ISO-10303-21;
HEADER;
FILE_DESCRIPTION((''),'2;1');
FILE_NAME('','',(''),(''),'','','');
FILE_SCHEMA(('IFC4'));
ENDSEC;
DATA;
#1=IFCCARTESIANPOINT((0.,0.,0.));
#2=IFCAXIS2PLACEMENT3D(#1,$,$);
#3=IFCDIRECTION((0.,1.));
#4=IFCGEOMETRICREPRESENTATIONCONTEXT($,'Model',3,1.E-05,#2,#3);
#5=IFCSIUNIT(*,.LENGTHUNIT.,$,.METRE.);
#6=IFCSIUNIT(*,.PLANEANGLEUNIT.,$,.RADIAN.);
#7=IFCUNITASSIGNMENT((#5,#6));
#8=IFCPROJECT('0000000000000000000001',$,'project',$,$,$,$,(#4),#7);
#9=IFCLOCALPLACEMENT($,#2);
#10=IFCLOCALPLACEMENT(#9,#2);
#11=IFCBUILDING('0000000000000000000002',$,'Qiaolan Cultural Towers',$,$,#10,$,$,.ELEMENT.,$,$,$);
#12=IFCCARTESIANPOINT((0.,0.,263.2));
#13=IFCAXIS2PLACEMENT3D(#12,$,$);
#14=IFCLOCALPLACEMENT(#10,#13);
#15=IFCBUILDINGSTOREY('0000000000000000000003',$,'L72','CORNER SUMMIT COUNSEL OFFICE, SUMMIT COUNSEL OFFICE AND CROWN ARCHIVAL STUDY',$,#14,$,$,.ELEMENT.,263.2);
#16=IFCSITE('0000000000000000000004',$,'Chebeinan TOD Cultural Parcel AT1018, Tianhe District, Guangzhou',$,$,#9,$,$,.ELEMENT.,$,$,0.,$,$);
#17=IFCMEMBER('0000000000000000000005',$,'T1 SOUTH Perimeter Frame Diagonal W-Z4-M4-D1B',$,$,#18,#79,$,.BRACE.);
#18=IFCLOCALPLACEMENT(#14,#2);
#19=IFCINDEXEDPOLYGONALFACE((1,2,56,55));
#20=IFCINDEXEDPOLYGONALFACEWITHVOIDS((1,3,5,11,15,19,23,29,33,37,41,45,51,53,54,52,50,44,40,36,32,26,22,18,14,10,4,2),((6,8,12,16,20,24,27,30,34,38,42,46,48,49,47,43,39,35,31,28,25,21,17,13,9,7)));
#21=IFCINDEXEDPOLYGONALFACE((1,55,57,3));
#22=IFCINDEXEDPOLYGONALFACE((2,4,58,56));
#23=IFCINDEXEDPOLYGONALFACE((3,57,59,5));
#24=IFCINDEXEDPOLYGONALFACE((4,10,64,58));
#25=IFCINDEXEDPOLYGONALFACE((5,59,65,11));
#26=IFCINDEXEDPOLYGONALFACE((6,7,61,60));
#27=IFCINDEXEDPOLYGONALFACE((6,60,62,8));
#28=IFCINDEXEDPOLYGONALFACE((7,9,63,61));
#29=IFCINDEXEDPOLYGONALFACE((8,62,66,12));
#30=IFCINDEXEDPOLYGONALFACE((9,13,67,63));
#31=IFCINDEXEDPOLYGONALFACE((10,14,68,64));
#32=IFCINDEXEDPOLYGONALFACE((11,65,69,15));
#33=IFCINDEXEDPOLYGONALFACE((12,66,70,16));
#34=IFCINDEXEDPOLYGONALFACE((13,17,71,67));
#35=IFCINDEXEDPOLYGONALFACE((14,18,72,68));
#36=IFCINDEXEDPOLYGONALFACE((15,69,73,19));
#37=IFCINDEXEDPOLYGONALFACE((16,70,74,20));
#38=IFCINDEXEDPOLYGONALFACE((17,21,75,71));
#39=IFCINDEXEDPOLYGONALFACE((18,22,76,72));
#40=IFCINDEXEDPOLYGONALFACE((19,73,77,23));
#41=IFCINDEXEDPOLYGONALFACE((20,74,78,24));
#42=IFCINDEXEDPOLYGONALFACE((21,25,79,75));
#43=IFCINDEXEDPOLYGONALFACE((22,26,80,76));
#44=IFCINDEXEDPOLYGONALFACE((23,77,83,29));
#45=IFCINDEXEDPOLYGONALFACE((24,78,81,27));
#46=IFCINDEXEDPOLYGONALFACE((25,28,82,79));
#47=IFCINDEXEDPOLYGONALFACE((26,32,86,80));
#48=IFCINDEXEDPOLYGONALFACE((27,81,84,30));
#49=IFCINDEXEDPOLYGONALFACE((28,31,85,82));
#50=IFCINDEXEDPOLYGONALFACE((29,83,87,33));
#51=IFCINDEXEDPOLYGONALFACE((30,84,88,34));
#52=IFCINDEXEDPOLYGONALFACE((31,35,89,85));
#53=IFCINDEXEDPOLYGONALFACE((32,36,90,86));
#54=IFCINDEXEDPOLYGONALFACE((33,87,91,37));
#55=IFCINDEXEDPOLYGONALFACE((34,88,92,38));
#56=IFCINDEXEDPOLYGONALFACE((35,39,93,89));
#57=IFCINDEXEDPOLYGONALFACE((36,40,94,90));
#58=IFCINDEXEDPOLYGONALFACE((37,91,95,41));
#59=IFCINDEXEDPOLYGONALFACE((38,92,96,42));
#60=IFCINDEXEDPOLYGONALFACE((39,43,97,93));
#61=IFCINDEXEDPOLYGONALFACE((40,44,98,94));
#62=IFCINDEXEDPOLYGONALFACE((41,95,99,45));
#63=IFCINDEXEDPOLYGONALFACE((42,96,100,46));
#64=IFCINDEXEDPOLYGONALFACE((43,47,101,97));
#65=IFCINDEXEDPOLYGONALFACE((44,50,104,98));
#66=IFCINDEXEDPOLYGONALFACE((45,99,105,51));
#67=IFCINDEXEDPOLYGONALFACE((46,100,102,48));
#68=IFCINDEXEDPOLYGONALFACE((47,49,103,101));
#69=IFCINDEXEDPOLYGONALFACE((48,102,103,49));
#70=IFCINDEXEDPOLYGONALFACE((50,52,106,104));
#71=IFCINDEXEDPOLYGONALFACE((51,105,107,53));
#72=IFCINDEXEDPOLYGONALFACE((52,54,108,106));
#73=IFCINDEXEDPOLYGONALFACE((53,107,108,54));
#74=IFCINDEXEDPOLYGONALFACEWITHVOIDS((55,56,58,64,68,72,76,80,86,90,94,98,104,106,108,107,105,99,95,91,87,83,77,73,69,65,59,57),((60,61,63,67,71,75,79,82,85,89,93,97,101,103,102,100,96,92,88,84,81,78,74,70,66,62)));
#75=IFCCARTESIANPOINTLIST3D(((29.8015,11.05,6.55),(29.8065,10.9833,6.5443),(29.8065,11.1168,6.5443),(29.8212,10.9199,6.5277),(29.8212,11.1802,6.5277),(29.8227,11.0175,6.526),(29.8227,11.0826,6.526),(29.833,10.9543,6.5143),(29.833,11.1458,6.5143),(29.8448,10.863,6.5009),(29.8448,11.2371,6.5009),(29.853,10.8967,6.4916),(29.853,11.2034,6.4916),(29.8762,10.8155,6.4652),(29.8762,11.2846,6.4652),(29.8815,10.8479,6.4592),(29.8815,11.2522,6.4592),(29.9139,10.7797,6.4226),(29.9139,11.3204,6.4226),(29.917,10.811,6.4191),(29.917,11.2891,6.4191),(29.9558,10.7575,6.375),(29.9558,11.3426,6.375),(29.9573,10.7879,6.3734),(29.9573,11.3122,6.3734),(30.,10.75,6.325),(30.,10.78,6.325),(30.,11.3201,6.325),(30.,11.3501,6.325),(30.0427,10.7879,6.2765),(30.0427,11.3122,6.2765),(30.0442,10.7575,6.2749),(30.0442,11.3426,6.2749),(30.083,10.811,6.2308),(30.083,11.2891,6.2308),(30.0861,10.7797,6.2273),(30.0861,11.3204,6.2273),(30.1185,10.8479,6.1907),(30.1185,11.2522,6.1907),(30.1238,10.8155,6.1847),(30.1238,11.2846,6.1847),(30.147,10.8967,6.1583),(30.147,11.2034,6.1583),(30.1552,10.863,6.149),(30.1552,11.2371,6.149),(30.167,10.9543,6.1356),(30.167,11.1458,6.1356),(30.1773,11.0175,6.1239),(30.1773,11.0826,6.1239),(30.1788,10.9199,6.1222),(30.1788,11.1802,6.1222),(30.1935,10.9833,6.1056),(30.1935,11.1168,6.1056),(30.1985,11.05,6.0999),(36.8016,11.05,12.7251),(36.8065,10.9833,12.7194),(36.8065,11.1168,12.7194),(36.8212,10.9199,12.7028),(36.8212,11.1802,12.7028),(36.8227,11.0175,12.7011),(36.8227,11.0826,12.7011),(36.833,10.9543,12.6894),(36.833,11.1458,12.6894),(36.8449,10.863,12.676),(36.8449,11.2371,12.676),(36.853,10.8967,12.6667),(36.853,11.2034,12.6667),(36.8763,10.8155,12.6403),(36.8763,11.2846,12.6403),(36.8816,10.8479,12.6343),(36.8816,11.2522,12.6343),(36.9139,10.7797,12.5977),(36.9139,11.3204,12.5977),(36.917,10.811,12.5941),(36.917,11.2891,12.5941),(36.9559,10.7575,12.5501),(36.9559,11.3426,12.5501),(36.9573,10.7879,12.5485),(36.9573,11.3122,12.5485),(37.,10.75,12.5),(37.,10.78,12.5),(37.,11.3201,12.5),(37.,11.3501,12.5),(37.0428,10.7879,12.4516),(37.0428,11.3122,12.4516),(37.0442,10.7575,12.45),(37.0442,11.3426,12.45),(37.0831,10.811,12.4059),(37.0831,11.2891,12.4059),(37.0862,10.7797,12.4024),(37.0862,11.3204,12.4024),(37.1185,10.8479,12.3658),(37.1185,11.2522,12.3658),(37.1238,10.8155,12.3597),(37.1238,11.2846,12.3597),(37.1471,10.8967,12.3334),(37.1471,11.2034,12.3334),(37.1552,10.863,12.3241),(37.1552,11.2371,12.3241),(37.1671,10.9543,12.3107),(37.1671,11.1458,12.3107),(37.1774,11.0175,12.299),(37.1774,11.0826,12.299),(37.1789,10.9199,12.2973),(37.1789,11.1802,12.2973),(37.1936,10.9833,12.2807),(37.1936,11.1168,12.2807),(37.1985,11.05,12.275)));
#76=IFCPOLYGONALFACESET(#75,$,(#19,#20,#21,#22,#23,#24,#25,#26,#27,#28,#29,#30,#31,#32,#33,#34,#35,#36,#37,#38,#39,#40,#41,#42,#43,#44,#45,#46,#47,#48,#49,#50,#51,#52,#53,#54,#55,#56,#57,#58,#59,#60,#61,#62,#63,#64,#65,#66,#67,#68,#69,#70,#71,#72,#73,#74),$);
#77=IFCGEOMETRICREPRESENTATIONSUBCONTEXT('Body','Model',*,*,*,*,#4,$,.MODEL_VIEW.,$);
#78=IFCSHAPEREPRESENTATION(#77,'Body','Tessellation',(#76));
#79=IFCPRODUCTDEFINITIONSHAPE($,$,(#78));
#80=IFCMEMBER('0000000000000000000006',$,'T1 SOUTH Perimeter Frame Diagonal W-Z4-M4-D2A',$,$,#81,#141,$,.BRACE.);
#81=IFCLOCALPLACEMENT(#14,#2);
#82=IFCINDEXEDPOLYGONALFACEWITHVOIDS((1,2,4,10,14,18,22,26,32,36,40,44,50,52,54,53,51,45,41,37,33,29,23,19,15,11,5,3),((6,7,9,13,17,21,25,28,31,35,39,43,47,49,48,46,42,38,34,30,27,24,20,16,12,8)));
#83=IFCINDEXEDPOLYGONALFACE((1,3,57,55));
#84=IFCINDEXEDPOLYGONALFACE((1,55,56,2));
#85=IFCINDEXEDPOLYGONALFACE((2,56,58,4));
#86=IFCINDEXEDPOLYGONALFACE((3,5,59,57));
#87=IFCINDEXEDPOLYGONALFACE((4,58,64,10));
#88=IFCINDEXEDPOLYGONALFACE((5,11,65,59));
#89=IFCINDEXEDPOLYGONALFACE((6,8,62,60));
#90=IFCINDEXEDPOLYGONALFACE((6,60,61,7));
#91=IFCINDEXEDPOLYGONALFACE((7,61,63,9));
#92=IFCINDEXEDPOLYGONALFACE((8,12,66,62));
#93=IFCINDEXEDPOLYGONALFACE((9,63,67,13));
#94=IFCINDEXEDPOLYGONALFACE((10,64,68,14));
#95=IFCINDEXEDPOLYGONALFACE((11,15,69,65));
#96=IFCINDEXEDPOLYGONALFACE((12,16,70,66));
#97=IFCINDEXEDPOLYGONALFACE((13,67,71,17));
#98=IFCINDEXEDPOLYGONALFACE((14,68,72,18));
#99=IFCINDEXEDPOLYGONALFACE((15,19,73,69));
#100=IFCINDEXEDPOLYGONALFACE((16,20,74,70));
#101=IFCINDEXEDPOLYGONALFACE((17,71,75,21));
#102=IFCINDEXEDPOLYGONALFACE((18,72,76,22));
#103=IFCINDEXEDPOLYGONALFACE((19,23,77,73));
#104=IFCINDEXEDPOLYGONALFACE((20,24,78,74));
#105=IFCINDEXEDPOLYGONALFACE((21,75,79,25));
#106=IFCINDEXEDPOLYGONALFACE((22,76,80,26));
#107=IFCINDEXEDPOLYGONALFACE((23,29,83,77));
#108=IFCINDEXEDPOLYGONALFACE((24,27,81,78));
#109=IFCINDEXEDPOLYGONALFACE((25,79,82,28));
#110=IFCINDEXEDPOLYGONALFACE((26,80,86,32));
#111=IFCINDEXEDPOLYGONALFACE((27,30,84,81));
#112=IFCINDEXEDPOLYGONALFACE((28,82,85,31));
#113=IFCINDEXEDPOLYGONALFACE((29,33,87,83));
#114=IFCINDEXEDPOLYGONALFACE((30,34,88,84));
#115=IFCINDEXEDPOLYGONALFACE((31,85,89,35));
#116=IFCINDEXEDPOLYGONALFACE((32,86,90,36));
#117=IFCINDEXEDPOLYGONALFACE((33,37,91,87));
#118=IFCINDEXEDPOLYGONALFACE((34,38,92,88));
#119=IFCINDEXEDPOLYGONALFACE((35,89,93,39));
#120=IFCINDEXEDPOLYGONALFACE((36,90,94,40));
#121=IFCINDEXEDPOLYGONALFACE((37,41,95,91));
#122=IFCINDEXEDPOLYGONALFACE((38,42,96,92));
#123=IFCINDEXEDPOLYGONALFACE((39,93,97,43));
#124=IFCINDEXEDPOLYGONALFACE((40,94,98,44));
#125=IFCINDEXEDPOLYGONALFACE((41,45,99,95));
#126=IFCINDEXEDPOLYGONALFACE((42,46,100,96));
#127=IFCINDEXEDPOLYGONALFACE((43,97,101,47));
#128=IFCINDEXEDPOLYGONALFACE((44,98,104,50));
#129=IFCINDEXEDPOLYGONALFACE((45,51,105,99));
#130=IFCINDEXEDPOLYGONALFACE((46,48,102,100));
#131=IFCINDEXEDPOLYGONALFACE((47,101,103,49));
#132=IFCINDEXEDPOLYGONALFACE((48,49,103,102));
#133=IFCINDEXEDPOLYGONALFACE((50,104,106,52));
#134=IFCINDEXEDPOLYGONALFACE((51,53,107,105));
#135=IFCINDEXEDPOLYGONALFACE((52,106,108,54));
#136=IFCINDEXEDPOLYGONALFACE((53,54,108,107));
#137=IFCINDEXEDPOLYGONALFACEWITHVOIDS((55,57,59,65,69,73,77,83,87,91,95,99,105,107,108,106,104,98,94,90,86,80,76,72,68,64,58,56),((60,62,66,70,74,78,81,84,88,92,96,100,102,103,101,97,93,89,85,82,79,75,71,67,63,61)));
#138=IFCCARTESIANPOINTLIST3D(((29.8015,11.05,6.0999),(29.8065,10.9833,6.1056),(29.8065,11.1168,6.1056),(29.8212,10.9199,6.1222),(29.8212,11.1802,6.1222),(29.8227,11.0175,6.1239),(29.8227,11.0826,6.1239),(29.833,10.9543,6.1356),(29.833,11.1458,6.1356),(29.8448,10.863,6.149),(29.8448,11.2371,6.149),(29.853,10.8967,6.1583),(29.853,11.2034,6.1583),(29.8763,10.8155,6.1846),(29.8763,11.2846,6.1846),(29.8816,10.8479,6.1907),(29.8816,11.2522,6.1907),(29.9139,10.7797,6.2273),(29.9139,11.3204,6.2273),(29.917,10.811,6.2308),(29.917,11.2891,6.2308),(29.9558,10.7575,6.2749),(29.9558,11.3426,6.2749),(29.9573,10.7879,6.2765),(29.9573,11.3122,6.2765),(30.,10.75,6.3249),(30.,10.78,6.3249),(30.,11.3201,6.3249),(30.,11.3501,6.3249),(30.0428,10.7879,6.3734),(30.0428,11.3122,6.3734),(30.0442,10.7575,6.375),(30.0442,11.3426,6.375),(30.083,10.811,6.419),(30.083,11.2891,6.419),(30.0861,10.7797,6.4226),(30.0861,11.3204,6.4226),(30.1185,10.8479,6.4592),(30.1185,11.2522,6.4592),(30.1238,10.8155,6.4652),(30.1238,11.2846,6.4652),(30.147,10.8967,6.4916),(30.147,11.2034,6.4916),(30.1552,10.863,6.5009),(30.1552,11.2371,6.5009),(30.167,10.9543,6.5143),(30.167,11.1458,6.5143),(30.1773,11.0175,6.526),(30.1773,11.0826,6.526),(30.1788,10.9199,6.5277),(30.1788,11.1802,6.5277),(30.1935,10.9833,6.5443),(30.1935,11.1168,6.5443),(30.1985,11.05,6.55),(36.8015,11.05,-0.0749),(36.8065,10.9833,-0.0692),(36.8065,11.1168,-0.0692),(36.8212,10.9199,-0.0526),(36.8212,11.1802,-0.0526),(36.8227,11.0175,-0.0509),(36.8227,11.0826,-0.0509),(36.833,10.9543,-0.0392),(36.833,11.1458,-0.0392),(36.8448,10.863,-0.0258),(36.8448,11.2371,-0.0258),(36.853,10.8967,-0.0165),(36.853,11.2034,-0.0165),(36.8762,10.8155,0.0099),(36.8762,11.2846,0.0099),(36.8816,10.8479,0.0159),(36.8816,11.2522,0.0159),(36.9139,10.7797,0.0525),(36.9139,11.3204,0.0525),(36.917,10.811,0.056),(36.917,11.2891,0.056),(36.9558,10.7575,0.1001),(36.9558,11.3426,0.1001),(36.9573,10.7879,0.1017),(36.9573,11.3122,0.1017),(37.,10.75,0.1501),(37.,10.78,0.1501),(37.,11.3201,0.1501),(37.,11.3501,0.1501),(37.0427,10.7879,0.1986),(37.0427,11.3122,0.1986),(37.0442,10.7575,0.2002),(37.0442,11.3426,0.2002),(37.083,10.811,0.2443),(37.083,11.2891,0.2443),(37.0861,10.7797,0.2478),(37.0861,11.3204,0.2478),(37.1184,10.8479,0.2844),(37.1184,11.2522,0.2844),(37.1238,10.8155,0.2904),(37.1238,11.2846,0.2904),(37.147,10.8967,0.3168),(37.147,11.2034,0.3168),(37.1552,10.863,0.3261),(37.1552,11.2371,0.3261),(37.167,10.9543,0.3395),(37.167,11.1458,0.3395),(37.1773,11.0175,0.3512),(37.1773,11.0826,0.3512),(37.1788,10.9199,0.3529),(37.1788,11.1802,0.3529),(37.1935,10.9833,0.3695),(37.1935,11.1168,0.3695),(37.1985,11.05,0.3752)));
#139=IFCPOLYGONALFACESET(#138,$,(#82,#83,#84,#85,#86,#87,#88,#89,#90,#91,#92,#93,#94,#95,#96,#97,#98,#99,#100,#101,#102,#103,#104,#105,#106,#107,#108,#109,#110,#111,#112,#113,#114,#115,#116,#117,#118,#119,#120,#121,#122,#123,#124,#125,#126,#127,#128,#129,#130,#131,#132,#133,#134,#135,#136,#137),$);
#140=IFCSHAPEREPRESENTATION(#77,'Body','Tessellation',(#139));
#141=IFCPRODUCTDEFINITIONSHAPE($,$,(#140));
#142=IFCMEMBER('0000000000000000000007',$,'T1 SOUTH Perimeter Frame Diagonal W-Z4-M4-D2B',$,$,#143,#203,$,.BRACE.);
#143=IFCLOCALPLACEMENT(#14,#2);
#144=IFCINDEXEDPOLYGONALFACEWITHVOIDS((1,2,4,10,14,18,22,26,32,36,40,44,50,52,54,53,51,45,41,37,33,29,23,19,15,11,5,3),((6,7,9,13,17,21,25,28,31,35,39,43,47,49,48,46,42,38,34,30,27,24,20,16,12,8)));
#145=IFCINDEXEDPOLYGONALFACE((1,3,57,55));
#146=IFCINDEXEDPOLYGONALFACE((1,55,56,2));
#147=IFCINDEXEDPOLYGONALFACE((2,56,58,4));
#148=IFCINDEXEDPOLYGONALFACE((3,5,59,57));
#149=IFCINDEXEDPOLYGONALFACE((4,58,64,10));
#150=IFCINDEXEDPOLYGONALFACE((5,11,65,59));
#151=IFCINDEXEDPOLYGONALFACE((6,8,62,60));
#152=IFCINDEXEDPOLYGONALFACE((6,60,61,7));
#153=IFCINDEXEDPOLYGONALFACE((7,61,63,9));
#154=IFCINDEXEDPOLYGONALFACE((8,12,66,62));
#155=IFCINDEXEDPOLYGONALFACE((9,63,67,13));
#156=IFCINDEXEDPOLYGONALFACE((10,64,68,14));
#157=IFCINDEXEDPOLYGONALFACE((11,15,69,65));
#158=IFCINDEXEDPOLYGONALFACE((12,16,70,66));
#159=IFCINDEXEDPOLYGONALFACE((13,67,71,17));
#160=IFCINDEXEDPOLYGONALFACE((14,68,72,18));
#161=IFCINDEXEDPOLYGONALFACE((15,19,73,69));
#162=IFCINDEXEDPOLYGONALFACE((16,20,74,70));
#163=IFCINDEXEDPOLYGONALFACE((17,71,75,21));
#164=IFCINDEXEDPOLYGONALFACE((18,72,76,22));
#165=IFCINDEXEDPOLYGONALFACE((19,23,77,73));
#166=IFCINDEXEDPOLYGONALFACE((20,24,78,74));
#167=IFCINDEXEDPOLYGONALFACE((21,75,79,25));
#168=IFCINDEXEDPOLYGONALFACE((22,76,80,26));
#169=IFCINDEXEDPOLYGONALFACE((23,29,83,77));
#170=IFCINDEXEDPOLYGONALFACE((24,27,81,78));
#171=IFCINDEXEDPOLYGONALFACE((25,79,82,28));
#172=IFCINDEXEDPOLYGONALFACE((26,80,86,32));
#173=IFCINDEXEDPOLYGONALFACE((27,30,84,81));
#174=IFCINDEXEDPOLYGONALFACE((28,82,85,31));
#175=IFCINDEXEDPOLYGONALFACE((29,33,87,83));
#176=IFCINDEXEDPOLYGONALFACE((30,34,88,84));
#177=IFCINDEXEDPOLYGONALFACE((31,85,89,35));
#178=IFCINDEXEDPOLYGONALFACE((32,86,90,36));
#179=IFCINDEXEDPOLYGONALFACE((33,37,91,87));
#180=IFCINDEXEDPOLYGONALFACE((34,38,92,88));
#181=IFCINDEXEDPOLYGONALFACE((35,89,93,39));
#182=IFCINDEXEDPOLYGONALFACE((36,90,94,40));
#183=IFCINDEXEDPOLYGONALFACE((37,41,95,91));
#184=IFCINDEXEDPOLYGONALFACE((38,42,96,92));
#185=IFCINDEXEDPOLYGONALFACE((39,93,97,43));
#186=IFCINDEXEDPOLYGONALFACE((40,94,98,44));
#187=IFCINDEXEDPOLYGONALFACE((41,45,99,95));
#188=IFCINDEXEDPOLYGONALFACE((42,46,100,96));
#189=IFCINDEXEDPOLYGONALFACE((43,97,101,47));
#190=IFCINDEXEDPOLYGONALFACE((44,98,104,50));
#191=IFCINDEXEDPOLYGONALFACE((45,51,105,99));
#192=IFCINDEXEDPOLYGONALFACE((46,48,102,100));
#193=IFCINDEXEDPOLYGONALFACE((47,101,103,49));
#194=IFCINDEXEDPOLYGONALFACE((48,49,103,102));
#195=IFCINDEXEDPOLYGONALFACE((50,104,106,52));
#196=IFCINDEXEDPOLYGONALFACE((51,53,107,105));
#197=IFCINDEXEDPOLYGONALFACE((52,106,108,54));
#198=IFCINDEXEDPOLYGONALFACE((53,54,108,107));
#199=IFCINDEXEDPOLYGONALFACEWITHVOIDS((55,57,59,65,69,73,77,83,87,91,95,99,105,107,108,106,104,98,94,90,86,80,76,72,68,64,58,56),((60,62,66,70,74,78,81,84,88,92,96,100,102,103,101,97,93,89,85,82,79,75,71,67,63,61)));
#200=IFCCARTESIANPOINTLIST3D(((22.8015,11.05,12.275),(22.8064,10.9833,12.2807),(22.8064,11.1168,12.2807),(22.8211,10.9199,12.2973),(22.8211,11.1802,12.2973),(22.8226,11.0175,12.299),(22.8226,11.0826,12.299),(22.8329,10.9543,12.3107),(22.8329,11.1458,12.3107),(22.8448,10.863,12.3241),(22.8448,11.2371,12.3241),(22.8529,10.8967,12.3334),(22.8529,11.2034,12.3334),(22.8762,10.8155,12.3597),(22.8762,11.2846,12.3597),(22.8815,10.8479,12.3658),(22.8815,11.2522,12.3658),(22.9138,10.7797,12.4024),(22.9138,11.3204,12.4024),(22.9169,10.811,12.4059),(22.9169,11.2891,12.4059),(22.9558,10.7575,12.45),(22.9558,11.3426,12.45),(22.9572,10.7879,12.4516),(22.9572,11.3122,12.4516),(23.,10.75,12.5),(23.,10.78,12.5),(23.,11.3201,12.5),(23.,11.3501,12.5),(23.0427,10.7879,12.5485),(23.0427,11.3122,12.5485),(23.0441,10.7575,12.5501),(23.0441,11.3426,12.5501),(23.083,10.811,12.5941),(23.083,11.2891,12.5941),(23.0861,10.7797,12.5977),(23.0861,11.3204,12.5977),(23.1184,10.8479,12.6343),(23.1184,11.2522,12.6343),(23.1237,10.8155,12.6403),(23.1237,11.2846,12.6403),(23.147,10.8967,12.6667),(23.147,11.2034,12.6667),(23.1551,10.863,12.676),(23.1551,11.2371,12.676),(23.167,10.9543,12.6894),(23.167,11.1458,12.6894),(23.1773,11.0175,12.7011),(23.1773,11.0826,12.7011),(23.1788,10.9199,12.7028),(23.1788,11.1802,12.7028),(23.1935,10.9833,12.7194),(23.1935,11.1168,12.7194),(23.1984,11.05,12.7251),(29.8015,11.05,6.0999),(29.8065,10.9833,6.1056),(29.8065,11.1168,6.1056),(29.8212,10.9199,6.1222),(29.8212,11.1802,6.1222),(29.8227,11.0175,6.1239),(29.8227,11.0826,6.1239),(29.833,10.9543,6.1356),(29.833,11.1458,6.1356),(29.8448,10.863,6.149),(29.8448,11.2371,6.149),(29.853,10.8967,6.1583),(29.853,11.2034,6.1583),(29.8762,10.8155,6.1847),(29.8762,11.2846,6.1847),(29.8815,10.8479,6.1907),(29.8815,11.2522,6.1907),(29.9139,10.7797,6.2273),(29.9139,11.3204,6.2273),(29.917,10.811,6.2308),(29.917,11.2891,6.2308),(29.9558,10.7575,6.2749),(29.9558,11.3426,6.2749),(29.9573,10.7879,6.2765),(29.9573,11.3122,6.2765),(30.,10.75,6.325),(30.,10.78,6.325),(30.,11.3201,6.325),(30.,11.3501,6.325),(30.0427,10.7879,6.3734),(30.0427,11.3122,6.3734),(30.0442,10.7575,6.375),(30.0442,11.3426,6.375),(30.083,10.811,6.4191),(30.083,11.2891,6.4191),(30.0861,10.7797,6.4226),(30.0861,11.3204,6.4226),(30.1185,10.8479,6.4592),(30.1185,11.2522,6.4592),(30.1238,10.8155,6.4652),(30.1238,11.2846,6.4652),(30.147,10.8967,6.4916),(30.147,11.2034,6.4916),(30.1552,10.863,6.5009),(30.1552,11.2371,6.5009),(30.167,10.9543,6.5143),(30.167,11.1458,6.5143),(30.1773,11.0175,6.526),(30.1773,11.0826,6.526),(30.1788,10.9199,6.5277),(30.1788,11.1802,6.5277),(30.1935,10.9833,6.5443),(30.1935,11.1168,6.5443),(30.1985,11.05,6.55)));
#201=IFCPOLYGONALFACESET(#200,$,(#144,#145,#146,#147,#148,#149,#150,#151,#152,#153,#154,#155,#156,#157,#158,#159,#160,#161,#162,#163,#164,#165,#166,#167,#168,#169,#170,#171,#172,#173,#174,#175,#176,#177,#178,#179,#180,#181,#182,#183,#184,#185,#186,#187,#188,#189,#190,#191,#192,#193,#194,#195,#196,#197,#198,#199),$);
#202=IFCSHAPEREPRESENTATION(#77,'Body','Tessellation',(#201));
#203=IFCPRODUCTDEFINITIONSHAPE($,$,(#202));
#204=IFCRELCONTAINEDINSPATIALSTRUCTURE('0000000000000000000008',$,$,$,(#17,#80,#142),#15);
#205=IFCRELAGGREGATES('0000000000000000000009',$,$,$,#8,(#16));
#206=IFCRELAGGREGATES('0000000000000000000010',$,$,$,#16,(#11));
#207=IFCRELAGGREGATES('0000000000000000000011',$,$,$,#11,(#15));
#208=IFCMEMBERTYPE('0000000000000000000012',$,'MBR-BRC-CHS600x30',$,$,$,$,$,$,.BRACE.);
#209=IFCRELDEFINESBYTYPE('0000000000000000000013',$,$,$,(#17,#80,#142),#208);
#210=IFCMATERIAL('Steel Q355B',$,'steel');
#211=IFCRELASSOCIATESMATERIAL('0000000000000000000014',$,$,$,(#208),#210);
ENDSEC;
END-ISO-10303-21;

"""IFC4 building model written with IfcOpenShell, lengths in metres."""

from ifc_helpers import new_model, si_unit, direction, frame, origin, origin_2d, place, context, subcontext, project, spatial, hollow_circle, extrude, material, material_profile, profile_set, type_object, element, save


model = new_model("IFC4")

# Units and contexts
model_context = context("Model", 3, precision=1e-05, world=origin(), true_north=direction((0.0, 1.0)))
body_context = subcontext(model_context, "Body", "Model", "MODEL_VIEW")
ifc_project = project(units=[si_unit("LENGTHUNIT", "METRE"), si_unit("PLANEANGLEUNIT", "RADIAN")], contexts=[model_context])

# Site, building, storey
site_placement = place(None, origin())
site = spatial("IfcSite", under=ifc_project, at=site_placement, Name="Chebeinan TOD Cultural Parcel AT1018, Tianhe District, Guangzhou", CompositionType="ELEMENT", RefElevation=0.0)
building_placement = place(site_placement, origin())
building = spatial("IfcBuilding", under=site, at=building_placement, Name="Qiaolan Cultural Towers", CompositionType="ELEMENT")
storey_placement = place(building_placement, frame((0.0, 0.0, 263.2)))
storey = spatial("IfcBuildingStorey", under=building, at=storey_placement, Name="L72", Description="CORNER SUMMIT COUNSEL OFFICE, SUMMIT COUNSEL OFFICE AND CROWN ARCHIVAL STUDY", CompositionType="ELEMENT", Elevation=263.2)

# Members
ifc_material_1 = material(Name="Steel Q355B", Category="steel")
ifc_material_profile_1 = material_profile(ifc_material_1, hollow_circle(Radius=0.3, WallThickness=0.03, at=origin_2d()), Name="CHS600x30")
ifc_profile_set_1 = profile_set([ifc_material_profile_1], Name="Steel Q355B")
member_type = type_object("IfcMemberType", Name="MBR-BRC-CHS600x30", PredefinedType="BRACE", material=ifc_profile_set_1)
member_1_placement = place(storey_placement, frame((30.0, 11.05, 6.325), z_axis=(0.749913, 0.0, 0.661536), x_axis=(0.0, 1.0, 0.0)))
element("IfcMember", 1, at=member_1_placement, inside=storey, type_object=member_type, Name="T1 SOUTH Perimeter Frame Diagonal W-Z4-M4-D1B", PredefinedType="BRACE", context=body_context, shape_type="SweptSolid", body=[
    extrude(hollow_circle(Radius=0.3, WallThickness=0.03, at=origin_2d()), origin(), (0.0, 0.0, 1.0), 9.3345),
])
member_2_placement = place(storey_placement, frame((37.0, 11.05, 0.1501), z_axis=(-0.749926, 0.0, 0.661521), x_axis=(0.0, -1.0, 0.0)))
element("IfcMember", 2, at=member_2_placement, inside=storey, type_object=member_type, Name="T1 SOUTH Perimeter Frame Diagonal W-Z4-M4-D2A", PredefinedType="BRACE", context=body_context, shape_type="SweptSolid", body=[
    extrude(hollow_circle(Radius=0.3, WallThickness=0.03, at=origin_2d()), origin(), (0.0, 0.0, 1.0), 9.3342),
])
member_3_placement = place(storey_placement, frame((30.0, 11.05, 6.325), z_axis=(-0.749913, 0.0, 0.661536), x_axis=(0.0, -1.0, 0.0)))
element("IfcMember", 3, at=member_3_placement, inside=storey, type_object=member_type, Name="T1 SOUTH Perimeter Frame Diagonal W-Z4-M4-D2B", PredefinedType="BRACE", context=body_context, shape_type="SweptSolid", body=[
    extrude(hollow_circle(Radius=0.3, WallThickness=0.03, at=origin_2d()), origin(), (0.0, 0.0, 1.0), 9.3345),
])

save(model, "model.ifc")
